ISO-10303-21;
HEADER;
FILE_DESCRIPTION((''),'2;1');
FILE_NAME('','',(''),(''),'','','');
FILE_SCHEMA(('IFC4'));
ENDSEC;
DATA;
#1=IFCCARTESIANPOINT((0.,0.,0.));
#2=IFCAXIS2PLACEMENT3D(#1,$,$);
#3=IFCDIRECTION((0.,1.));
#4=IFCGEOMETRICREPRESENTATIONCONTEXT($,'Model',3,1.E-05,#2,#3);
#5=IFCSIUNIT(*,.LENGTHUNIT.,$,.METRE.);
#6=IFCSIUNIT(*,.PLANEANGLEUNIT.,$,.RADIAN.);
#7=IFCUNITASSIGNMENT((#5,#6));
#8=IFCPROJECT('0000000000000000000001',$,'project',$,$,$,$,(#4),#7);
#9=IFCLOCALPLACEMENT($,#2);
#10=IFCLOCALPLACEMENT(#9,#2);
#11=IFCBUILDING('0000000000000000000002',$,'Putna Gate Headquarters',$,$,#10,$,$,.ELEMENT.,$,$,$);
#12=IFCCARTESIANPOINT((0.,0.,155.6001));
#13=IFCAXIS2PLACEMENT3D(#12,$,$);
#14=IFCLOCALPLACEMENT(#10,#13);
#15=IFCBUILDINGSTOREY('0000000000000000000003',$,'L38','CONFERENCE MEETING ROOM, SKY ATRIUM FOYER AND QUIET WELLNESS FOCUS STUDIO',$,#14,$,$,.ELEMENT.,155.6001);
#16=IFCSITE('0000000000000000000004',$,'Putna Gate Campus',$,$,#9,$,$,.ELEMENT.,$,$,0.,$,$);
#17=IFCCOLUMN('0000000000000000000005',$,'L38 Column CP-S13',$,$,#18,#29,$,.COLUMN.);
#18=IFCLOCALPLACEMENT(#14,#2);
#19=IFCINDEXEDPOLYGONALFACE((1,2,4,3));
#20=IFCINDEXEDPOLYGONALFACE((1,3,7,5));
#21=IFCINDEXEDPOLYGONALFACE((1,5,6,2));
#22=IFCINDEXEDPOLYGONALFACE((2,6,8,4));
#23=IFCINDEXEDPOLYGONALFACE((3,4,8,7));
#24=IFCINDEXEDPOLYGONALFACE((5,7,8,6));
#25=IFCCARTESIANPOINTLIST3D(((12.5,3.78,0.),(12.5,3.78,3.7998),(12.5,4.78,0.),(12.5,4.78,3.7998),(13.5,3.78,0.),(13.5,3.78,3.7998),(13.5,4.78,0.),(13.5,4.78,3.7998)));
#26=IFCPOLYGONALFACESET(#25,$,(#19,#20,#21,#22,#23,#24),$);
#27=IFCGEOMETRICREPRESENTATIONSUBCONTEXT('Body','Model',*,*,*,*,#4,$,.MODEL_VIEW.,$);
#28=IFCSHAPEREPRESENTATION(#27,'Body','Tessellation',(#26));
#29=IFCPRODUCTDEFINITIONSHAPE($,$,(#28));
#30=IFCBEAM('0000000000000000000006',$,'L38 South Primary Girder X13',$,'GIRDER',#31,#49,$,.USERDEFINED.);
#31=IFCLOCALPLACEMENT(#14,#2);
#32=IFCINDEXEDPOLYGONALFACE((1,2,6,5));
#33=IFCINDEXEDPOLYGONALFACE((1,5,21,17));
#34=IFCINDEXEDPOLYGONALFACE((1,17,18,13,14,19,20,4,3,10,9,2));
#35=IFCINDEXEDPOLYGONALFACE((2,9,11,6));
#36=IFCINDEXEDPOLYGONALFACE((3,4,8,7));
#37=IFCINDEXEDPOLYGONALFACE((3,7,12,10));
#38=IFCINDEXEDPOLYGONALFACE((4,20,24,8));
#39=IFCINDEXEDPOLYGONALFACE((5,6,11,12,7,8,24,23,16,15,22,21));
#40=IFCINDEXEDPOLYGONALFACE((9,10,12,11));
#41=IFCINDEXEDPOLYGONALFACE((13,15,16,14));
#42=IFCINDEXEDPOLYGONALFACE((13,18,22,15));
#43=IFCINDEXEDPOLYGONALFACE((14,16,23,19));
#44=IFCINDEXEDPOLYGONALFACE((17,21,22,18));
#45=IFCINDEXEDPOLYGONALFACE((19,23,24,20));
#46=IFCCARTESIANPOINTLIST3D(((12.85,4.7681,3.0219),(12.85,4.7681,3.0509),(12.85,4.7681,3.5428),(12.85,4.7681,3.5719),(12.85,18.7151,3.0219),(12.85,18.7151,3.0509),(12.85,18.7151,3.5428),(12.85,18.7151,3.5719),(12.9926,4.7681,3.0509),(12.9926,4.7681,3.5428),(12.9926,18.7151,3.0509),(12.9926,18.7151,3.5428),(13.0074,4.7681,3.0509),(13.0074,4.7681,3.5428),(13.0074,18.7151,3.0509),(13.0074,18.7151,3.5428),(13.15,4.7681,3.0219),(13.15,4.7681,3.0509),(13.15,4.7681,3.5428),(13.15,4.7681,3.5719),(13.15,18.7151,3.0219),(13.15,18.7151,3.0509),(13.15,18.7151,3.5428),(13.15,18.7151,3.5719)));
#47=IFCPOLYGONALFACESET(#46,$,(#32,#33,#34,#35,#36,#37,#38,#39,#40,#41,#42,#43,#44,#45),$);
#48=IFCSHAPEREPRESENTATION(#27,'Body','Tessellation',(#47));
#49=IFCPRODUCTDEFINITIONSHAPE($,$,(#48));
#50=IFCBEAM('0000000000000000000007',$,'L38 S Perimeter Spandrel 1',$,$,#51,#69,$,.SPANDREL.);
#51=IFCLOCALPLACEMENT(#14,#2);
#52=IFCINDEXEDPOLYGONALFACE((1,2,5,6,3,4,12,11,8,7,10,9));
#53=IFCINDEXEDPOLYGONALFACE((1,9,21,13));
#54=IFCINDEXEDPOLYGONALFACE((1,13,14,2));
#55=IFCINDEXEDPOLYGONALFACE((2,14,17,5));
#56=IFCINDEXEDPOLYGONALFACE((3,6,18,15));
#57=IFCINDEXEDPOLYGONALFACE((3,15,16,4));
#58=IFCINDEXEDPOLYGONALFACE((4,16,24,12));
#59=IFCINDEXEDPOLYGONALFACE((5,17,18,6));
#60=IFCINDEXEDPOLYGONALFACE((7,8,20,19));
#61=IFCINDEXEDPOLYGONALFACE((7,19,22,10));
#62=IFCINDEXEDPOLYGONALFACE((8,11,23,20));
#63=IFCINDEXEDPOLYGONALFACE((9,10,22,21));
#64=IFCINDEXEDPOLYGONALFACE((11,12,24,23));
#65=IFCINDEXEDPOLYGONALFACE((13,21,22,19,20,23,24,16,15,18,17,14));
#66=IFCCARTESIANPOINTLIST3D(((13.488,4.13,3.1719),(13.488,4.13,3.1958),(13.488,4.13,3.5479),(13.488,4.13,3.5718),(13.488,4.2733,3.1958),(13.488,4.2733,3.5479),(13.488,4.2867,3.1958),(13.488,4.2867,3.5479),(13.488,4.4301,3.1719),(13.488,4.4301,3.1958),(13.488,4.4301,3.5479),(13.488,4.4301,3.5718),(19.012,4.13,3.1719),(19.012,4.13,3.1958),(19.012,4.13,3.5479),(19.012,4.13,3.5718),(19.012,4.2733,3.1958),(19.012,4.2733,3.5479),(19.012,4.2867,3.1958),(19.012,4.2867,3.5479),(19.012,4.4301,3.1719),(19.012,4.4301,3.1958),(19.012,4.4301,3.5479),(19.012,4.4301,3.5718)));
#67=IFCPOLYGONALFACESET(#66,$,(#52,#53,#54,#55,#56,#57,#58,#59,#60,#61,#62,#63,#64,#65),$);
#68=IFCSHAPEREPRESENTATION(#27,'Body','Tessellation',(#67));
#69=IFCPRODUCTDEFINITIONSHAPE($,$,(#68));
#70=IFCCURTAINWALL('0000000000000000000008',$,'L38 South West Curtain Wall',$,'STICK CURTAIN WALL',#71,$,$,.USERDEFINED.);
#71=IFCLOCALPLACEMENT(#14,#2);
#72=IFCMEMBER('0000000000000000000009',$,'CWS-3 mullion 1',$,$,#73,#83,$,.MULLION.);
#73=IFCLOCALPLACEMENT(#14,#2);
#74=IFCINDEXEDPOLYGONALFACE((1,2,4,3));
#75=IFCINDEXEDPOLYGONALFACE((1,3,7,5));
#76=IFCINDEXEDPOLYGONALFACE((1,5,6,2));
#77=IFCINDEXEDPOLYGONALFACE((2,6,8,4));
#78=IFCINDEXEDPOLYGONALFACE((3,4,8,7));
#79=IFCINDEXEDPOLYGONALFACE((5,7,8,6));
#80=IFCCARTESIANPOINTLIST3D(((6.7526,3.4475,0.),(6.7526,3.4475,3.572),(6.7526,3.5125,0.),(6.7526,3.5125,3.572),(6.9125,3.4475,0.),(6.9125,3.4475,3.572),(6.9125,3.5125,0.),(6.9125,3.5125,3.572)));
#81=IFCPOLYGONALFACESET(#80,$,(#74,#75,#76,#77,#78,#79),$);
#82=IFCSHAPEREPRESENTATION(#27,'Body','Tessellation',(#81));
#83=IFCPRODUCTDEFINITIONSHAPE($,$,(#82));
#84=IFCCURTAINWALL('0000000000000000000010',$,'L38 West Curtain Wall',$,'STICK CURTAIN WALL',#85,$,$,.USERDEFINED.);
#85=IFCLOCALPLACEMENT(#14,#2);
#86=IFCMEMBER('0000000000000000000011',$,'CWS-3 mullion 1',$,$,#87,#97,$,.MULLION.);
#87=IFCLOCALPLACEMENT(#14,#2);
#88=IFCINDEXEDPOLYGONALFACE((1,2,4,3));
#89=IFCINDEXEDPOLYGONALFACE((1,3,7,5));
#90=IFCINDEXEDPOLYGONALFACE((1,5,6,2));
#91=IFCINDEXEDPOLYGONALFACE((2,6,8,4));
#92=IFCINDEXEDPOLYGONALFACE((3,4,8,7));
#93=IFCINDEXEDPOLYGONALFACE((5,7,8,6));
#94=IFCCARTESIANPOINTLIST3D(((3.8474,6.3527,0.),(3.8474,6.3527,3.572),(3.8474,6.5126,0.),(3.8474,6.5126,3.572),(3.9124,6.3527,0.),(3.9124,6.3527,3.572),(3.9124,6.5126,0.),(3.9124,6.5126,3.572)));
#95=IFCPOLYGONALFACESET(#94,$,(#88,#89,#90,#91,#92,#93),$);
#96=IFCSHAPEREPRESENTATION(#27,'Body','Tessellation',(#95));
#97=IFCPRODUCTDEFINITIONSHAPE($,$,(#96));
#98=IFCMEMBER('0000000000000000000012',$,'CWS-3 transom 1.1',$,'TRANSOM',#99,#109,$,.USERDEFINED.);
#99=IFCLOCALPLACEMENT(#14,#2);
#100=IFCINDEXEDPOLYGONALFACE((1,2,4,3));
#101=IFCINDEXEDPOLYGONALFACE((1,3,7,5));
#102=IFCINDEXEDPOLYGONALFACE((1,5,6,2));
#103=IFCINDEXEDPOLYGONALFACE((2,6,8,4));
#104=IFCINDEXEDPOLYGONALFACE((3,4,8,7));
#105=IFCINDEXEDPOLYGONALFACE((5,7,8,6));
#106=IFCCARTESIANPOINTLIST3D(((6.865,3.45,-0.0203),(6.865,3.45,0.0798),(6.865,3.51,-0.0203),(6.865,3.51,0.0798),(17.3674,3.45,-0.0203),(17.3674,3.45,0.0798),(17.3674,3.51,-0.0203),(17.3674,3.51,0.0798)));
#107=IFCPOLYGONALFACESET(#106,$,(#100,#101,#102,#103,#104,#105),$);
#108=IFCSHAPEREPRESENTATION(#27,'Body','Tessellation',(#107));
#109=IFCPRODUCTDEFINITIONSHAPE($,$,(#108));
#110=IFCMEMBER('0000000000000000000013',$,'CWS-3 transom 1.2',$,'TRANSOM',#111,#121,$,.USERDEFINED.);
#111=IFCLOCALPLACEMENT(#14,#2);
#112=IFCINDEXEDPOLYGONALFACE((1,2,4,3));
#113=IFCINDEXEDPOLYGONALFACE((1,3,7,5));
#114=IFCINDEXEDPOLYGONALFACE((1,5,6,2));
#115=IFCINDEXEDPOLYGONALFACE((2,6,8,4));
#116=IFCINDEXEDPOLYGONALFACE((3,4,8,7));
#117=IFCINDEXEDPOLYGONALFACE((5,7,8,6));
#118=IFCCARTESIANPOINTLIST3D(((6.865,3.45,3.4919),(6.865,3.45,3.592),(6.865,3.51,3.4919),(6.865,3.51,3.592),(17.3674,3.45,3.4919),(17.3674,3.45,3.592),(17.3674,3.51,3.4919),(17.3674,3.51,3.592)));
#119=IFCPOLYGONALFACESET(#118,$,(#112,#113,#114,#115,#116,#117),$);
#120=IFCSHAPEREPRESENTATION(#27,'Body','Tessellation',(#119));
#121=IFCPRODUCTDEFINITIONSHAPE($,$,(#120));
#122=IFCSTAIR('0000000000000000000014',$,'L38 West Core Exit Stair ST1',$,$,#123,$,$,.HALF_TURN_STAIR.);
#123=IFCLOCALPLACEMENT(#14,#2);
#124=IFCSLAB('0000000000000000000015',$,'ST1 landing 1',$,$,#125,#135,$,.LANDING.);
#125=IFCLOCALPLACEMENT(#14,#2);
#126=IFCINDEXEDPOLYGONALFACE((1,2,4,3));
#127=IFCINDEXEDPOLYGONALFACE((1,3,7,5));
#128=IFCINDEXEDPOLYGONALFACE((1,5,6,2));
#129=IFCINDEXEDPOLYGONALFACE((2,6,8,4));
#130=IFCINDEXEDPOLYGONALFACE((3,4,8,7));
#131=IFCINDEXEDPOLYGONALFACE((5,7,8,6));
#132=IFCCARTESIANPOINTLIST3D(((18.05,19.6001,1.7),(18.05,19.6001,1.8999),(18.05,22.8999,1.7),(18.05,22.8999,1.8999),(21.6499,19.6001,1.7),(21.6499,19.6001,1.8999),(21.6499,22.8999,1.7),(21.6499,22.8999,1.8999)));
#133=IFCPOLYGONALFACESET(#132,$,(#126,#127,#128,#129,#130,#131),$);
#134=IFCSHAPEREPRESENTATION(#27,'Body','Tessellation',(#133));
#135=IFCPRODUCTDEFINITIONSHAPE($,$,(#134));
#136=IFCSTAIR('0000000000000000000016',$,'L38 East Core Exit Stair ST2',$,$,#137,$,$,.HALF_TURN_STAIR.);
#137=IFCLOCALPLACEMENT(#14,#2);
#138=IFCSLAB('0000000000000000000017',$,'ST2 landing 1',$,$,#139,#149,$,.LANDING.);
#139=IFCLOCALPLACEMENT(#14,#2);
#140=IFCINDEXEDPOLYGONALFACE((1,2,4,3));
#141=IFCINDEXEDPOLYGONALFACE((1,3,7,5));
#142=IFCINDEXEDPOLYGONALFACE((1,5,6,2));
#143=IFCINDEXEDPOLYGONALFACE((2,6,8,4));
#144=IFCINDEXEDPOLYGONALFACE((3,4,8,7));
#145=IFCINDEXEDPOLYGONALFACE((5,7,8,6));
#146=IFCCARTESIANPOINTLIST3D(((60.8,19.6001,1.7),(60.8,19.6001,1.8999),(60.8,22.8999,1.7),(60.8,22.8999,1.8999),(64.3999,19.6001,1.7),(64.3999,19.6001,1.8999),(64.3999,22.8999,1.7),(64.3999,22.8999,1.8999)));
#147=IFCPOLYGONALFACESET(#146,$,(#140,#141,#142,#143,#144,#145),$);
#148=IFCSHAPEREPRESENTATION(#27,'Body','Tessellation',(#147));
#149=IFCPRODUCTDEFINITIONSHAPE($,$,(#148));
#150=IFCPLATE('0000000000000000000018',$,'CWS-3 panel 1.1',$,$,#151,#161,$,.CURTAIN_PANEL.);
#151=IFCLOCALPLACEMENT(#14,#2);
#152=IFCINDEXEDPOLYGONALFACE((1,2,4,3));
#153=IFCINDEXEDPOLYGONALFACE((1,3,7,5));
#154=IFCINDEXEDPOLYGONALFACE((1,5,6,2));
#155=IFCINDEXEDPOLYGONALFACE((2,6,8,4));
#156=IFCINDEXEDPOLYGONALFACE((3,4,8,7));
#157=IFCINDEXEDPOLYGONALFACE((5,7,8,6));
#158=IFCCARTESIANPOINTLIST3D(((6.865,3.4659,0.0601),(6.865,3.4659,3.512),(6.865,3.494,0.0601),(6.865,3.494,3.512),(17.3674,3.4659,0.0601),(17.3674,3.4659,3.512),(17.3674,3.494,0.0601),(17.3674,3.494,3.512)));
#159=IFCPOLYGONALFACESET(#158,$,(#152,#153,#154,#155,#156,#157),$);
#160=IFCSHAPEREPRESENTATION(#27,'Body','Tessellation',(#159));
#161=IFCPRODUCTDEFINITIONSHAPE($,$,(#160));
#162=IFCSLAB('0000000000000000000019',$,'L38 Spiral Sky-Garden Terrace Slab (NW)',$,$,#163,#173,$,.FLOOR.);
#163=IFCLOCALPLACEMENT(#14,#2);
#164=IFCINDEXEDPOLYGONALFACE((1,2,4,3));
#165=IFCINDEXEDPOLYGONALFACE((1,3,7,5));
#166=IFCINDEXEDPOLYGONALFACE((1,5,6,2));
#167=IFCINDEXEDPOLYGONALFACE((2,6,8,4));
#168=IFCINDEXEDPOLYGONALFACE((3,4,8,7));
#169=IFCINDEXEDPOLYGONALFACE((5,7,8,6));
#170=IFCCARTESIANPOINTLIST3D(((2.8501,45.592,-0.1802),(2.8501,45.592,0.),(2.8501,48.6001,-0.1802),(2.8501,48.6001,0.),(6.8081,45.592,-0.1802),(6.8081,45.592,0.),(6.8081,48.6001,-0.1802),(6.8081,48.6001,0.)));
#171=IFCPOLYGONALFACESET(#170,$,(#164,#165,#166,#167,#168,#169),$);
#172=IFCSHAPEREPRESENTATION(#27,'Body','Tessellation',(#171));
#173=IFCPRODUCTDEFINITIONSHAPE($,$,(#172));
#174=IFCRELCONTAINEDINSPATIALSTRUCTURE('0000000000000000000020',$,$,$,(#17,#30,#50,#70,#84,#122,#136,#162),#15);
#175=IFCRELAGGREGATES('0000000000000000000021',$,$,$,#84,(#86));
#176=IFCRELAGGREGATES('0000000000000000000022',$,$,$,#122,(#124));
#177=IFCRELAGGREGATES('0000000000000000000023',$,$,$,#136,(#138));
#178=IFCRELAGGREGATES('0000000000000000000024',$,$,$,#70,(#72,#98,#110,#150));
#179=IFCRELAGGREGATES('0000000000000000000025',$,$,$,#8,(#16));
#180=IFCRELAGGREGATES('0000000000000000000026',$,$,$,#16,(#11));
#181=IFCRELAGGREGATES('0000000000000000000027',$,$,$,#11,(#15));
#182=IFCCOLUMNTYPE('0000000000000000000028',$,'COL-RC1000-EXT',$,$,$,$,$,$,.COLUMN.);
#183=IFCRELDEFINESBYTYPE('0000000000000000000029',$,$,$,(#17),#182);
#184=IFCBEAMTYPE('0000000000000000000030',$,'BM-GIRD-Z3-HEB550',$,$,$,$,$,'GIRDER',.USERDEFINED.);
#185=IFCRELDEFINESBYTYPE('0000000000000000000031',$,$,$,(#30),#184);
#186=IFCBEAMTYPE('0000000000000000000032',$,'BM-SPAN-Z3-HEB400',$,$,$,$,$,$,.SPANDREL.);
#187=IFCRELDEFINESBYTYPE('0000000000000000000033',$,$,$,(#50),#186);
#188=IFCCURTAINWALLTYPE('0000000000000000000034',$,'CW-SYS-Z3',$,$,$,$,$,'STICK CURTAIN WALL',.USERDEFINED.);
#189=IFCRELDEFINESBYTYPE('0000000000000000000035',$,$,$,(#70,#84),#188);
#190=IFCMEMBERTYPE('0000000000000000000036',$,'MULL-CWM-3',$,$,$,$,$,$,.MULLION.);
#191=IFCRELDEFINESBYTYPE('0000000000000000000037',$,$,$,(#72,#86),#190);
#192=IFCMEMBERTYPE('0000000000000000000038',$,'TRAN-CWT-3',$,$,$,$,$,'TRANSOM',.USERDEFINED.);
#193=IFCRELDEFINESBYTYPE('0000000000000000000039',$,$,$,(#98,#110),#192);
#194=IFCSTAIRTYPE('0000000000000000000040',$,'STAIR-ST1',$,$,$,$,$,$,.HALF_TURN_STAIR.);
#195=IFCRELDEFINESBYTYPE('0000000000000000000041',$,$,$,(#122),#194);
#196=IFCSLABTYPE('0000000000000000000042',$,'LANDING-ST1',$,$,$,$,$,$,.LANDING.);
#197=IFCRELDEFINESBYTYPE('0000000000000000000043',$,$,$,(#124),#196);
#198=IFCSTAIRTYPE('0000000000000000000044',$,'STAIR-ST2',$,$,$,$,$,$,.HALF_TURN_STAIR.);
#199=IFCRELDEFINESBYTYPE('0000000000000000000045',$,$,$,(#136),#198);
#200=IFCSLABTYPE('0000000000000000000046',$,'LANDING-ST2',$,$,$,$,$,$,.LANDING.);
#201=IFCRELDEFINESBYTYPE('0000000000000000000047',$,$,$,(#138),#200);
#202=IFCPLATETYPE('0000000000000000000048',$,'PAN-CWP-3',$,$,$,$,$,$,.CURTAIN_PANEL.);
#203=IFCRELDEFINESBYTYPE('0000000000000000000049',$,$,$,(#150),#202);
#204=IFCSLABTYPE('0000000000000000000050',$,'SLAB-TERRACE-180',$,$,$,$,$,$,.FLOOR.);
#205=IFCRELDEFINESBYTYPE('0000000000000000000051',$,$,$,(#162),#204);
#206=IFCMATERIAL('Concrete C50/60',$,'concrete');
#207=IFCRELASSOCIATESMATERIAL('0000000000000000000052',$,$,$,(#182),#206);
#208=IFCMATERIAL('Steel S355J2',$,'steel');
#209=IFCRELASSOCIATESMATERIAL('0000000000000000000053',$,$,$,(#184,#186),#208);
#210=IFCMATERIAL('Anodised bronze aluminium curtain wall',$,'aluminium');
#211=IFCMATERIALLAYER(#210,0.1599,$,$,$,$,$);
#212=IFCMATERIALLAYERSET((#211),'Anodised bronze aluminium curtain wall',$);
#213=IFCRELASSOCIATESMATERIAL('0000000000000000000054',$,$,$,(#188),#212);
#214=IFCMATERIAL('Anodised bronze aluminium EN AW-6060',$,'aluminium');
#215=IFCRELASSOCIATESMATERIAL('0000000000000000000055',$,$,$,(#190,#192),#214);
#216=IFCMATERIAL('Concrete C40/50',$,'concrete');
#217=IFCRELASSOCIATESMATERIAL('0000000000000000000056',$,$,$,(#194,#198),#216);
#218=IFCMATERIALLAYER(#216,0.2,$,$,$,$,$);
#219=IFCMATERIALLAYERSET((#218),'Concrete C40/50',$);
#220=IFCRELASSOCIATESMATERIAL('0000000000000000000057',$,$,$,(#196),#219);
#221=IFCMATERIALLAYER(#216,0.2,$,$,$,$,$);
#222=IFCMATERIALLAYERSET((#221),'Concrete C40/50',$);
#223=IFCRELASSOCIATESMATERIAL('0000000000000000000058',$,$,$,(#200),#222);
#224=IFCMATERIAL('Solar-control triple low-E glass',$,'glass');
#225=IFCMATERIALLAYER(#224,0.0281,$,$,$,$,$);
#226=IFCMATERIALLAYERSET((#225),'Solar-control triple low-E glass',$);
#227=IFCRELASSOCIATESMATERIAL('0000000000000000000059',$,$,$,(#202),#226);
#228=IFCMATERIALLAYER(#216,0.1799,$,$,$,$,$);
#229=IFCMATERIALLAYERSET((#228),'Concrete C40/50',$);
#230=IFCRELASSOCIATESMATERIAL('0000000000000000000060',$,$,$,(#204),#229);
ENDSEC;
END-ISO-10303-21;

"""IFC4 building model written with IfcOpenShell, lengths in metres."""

from ifc_helpers import new_model, si_unit, direction, frame, origin, origin_2d, place, context, subcontext, project, spatial, polyline, rectangle, i_section, outline, extrude, material, layer, layer_set, material_profile, profile_set, type_object, element, aggregate, save


model = new_model("IFC4")

# Units and contexts
model_context = context("Model", 3, precision=1e-05, world=origin(), true_north=direction((0.0, 1.0)))
body_context = subcontext(model_context, "Body", "Model", "MODEL_VIEW")
ifc_project = project(units=[si_unit("LENGTHUNIT", "METRE"), si_unit("PLANEANGLEUNIT", "RADIAN")], contexts=[model_context])

# Site, building, storey
site_placement = place(None, origin())
site = spatial("IfcSite", under=ifc_project, at=site_placement, Name="Putna Gate Campus", CompositionType="ELEMENT", RefElevation=0.0)
building_placement = place(site_placement, origin())
building = spatial("IfcBuilding", under=site, at=building_placement, Name="Putna Gate Headquarters", CompositionType="ELEMENT")
storey_placement = place(building_placement, frame((0.0, 0.0, 155.6001)))
storey = spatial("IfcBuildingStorey", under=building, at=storey_placement, Name="L38", Description="CONFERENCE MEETING ROOM, SKY ATRIUM FOYER AND QUIET WELLNESS FOCUS STUDIO", CompositionType="ELEMENT", Elevation=155.6001)

# Column
ifc_material_1 = material(Name="Concrete C50/60", Category="concrete")
ifc_material_profile_1 = material_profile(ifc_material_1, rectangle(XDim=1.0, YDim=1.0, at=origin_2d()), Name="Concrete C50/60")
ifc_profile_set_1 = profile_set([ifc_material_profile_1], Name="Concrete C50/60")
column_type = type_object("IfcColumnType", Name="COL-RC1000-EXT", PredefinedType="COLUMN", material=ifc_profile_set_1)
column_placement = place(storey_placement, frame((13.0, 4.28, 0.0), z_axis=(0.0, 0.0, 1.0), x_axis=(1.0, 0.0, 0.0)))
element("IfcColumn", 1, at=column_placement, inside=storey, type_object=column_type, Name="L38 Column CP-S13", PredefinedType="COLUMN", context=body_context, shape_type="SweptSolid", body=[
    extrude(rectangle(XDim=1.0, YDim=1.0, at=origin_2d()), origin(), (0.0, 0.0, 1.0), 3.7998),
])

# Beams
ifc_material_2 = material(Name="Steel S355J2", Category="steel")
ifc_material_profile_2 = material_profile(ifc_material_2, i_section(OverallWidth=0.3, OverallDepth=0.55, WebThickness=0.0149, FlangeThickness=0.0291, at=origin_2d()), Name="Steel S355J2")
ifc_profile_set_2 = profile_set([ifc_material_profile_2], Name="Steel S355J2")
beam_type_1 = type_object("IfcBeamType", Name="BM-GIRD-Z3-HEB550", ElementType="GIRDER", PredefinedType="USERDEFINED", material=ifc_profile_set_2)
beam_1_placement = place(storey_placement, frame((13.0, 4.7681, 3.2969), z_axis=(0.0, 1.0, 0.0), x_axis=(-1.0, 0.0, 0.0)))
element("IfcBeam", 2, at=beam_1_placement, inside=storey, type_object=beam_type_1, Name="L38 South Primary Girder X13", ObjectType="GIRDER", PredefinedType="USERDEFINED", context=body_context, shape_type="SweptSolid", body=[
    extrude(i_section(OverallWidth=0.3, OverallDepth=0.55, WebThickness=0.0149, FlangeThickness=0.0291, at=origin_2d()), origin(), (0.0, 0.0, 1.0), 13.947),
])
ifc_material_profile_3 = material_profile(ifc_material_2, i_section(OverallWidth=0.3, OverallDepth=0.3999, WebThickness=0.0134, FlangeThickness=0.0239, at=origin_2d()), Name="Steel S355J2")
ifc_profile_set_3 = profile_set([ifc_material_profile_3], Name="Steel S355J2")
beam_type_2 = type_object("IfcBeamType", Name="BM-SPAN-Z3-HEB400", PredefinedType="SPANDREL", material=ifc_profile_set_3)
beam_2_placement = place(storey_placement, frame((13.488, 4.28, 3.3718), z_axis=(1.0, 0.0, 0.0), x_axis=(0.0, 1.0, 0.0)))
element("IfcBeam", 3, at=beam_2_placement, inside=storey, type_object=beam_type_2, Name="L38 S Perimeter Spandrel 1", PredefinedType="SPANDREL", context=body_context, shape_type="SweptSolid", body=[
    extrude(i_section(OverallWidth=0.3, OverallDepth=0.3999, WebThickness=0.0134, FlangeThickness=0.0239, at=origin_2d()), origin(), (0.0, 0.0, 1.0), 5.5239),
])

# Curtain walls, members
ifc_material_3 = material(Name="Anodised bronze aluminium curtain wall", Category="aluminium")
ifc_layer_1 = layer(ifc_material_3, 0.1599)
ifc_layer_set_1 = layer_set([ifc_layer_1], Name="Anodised bronze aluminium curtain wall")
curtain_wall_type = type_object("IfcCurtainWallType", Name="CW-SYS-Z3", ElementType="STICK CURTAIN WALL", PredefinedType="USERDEFINED", material=ifc_layer_set_1)
curtain_wall_1_placement = place(storey_placement, origin())
curtain_wall_1 = element("IfcCurtainWall", 4, at=curtain_wall_1_placement, inside=storey, type_object=curtain_wall_type, Name="L38 South West Curtain Wall", ObjectType="STICK CURTAIN WALL", PredefinedType="USERDEFINED")
ifc_material_4 = material(Name="Anodised bronze aluminium EN AW-6060", Category="aluminium")
ifc_material_profile_4 = material_profile(ifc_material_4, rectangle(XDim=0.0649, YDim=0.1599, at=origin_2d()), Name="Anodised bronze aluminium EN AW-6060")
ifc_profile_set_4 = profile_set([ifc_material_profile_4], Name="Anodised bronze aluminium EN AW-6060")
member_type_1 = type_object("IfcMemberType", Name="MULL-CWM-3", PredefinedType="MULLION", material=ifc_profile_set_4)
member_1_placement = place(storey_placement, frame((6.8325, 3.48, 0.0), z_axis=(0.0, 0.0, 1.0), x_axis=(0.0, 1.0, 0.0)))
member_1 = element("IfcMember", 5, at=member_1_placement, type_object=member_type_1, Name="CWS-3 mullion 1", PredefinedType="MULLION", context=body_context, shape_type="SweptSolid", body=[
    extrude(rectangle(XDim=0.0649, YDim=0.1599, at=origin_2d()), origin(), (0.0, 0.0, 1.0), 3.572),
])
curtain_wall_2_placement = place(storey_placement, origin())
curtain_wall_2 = element("IfcCurtainWall", 6, at=curtain_wall_2_placement, inside=storey, type_object=curtain_wall_type, Name="L38 West Curtain Wall", ObjectType="STICK CURTAIN WALL", PredefinedType="USERDEFINED")
member_2_placement = place(storey_placement, frame((3.8799, 6.4326, 0.0), z_axis=(0.0, 0.0, 1.0), x_axis=(-1.0, 0.0, 0.0)))
member_2 = element("IfcMember", 7, at=member_2_placement, type_object=member_type_1, Name="CWS-3 mullion 1", PredefinedType="MULLION", context=body_context, shape_type="SweptSolid", body=[
    extrude(rectangle(XDim=0.0649, YDim=0.1599, at=origin_2d()), origin(), (0.0, 0.0, 1.0), 3.572),
])
aggregate(curtain_wall_2, [member_2])

# Members
ifc_material_profile_5 = material_profile(ifc_material_4, rectangle(XDim=0.0601, YDim=0.1001, at=origin_2d()), Name="Anodised bronze aluminium EN AW-6060")
ifc_profile_set_5 = profile_set([ifc_material_profile_5], Name="Anodised bronze aluminium EN AW-6060")
member_type_2 = type_object("IfcMemberType", Name="TRAN-CWT-3", ElementType="TRANSOM", PredefinedType="USERDEFINED", material=ifc_profile_set_5)
member_3_placement = place(storey_placement, frame((6.865, 3.48, 0.0298), z_axis=(1.0, 0.0, 0.0), x_axis=(0.0, 1.0, 0.0)))
member_3 = element("IfcMember", 8, at=member_3_placement, type_object=member_type_2, Name="CWS-3 transom 1.1", ObjectType="TRANSOM", PredefinedType="USERDEFINED", context=body_context, shape_type="SweptSolid", body=[
    extrude(rectangle(XDim=0.0601, YDim=0.1001, at=origin_2d()), origin(), (0.0, 0.0, 1.0), 10.5024),
])
member_4_placement = place(storey_placement, frame((6.865, 3.48, 3.542), z_axis=(1.0, 0.0, 0.0), x_axis=(0.0, 1.0, 0.0)))
member_4 = element("IfcMember", 9, at=member_4_placement, type_object=member_type_2, Name="CWS-3 transom 1.2", ObjectType="TRANSOM", PredefinedType="USERDEFINED", context=body_context, shape_type="SweptSolid", body=[
    extrude(rectangle(XDim=0.0601, YDim=0.1001, at=origin_2d()), origin(), (0.0, 0.0, 1.0), 10.5024),
])

# Stairs, slabs
ifc_material_5 = material(Name="Concrete C40/50", Category="concrete")
stair_type_1 = type_object("IfcStairType", Name="STAIR-ST1", PredefinedType="HALF_TURN_STAIR", material=ifc_material_5)
stair_1_placement = place(storey_placement, origin())
stair_1 = element("IfcStair", 10, at=stair_1_placement, inside=storey, type_object=stair_type_1, Name="L38 West Core Exit Stair ST1", PredefinedType="HALF_TURN_STAIR")
ifc_layer_2 = layer(ifc_material_5, 0.2)
ifc_layer_set_2 = layer_set([ifc_layer_2], Name="Concrete C40/50")
slab_type_1 = type_object("IfcSlabType", Name="LANDING-ST1", PredefinedType="LANDING", material=ifc_layer_set_2)
slab_1_placement = place(storey_placement, frame((0.0, 0.0, 1.7)))
slab_1 = element("IfcSlab", 11, at=slab_1_placement, type_object=slab_type_1, Name="ST1 landing 1", PredefinedType="LANDING", context=body_context, shape_type="SweptSolid", body=[
    extrude(outline(polyline([(18.05, 19.6001), (21.6499, 19.6001), (21.6499, 22.8999), (18.05, 22.8999), (18.05, 19.6001)])), origin(), (0.0, 0.0, 1.0), 0.2),
])
aggregate(stair_1, [slab_1])
stair_type_2 = type_object("IfcStairType", Name="STAIR-ST2", PredefinedType="HALF_TURN_STAIR", material=ifc_material_5)
stair_2_placement = place(storey_placement, origin())
stair_2 = element("IfcStair", 12, at=stair_2_placement, inside=storey, type_object=stair_type_2, Name="L38 East Core Exit Stair ST2", PredefinedType="HALF_TURN_STAIR")
ifc_layer_3 = layer(ifc_material_5, 0.2)
ifc_layer_set_3 = layer_set([ifc_layer_3], Name="Concrete C40/50")
slab_type_2 = type_object("IfcSlabType", Name="LANDING-ST2", PredefinedType="LANDING", material=ifc_layer_set_3)
slab_2_placement = place(storey_placement, frame((0.0, 0.0, 1.7)))
slab_2 = element("IfcSlab", 13, at=slab_2_placement, type_object=slab_type_2, Name="ST2 landing 1", PredefinedType="LANDING", context=body_context, shape_type="SweptSolid", body=[
    extrude(outline(polyline([(60.8, 19.6001), (64.3999, 19.6001), (64.3999, 22.8999), (60.8, 22.8999), (60.8, 19.6001)])), origin(), (0.0, 0.0, 1.0), 0.2),
])
aggregate(stair_2, [slab_2])

# Plate
ifc_material_6 = material(Name="Solar-control triple low-E glass", Category="glass")
ifc_layer_4 = layer(ifc_material_6, 0.0281)
ifc_layer_set_4 = layer_set([ifc_layer_4], Name="Solar-control triple low-E glass")
plate_type = type_object("IfcPlateType", Name="PAN-CWP-3", PredefinedType="CURTAIN_PANEL", material=ifc_layer_set_4)
plate_placement = place(storey_placement, frame((12.1162, 3.48, 0.0601), z_axis=(0.0, 0.0, 1.0), x_axis=(1.0, 0.0, 0.0)))
plate = element("IfcPlate", 14, at=plate_placement, type_object=plate_type, Name="CWS-3 panel 1.1", PredefinedType="CURTAIN_PANEL", context=body_context, shape_type="SweptSolid", body=[
    extrude(rectangle(XDim=10.5024, YDim=0.0281, at=origin_2d()), origin(), (0.0, 0.0, 1.0), 3.4519),
])
aggregate(curtain_wall_1, [member_1, member_3, member_4, plate])

# Slab
ifc_layer_5 = layer(ifc_material_5, 0.1799)
ifc_layer_set_5 = layer_set([ifc_layer_5], Name="Concrete C40/50")
slab_type_3 = type_object("IfcSlabType", Name="SLAB-TERRACE-180", PredefinedType="FLOOR", material=ifc_layer_set_5)
slab_3_placement = place(storey_placement, frame((0.0, 0.0, -0.1802)))
element("IfcSlab", 15, at=slab_3_placement, inside=storey, type_object=slab_type_3, Name="L38 Spiral Sky-Garden Terrace Slab (NW)", PredefinedType="FLOOR", context=body_context, shape_type="SweptSolid", body=[
    extrude(outline(polyline([(2.8501, 45.592), (6.8081, 45.592), (6.8081, 48.6001), (2.8501, 48.6001), (2.8501, 45.592)])), origin(), (0.0, 0.0, 1.0), 0.1802),
])

save(model, "model.ifc")
